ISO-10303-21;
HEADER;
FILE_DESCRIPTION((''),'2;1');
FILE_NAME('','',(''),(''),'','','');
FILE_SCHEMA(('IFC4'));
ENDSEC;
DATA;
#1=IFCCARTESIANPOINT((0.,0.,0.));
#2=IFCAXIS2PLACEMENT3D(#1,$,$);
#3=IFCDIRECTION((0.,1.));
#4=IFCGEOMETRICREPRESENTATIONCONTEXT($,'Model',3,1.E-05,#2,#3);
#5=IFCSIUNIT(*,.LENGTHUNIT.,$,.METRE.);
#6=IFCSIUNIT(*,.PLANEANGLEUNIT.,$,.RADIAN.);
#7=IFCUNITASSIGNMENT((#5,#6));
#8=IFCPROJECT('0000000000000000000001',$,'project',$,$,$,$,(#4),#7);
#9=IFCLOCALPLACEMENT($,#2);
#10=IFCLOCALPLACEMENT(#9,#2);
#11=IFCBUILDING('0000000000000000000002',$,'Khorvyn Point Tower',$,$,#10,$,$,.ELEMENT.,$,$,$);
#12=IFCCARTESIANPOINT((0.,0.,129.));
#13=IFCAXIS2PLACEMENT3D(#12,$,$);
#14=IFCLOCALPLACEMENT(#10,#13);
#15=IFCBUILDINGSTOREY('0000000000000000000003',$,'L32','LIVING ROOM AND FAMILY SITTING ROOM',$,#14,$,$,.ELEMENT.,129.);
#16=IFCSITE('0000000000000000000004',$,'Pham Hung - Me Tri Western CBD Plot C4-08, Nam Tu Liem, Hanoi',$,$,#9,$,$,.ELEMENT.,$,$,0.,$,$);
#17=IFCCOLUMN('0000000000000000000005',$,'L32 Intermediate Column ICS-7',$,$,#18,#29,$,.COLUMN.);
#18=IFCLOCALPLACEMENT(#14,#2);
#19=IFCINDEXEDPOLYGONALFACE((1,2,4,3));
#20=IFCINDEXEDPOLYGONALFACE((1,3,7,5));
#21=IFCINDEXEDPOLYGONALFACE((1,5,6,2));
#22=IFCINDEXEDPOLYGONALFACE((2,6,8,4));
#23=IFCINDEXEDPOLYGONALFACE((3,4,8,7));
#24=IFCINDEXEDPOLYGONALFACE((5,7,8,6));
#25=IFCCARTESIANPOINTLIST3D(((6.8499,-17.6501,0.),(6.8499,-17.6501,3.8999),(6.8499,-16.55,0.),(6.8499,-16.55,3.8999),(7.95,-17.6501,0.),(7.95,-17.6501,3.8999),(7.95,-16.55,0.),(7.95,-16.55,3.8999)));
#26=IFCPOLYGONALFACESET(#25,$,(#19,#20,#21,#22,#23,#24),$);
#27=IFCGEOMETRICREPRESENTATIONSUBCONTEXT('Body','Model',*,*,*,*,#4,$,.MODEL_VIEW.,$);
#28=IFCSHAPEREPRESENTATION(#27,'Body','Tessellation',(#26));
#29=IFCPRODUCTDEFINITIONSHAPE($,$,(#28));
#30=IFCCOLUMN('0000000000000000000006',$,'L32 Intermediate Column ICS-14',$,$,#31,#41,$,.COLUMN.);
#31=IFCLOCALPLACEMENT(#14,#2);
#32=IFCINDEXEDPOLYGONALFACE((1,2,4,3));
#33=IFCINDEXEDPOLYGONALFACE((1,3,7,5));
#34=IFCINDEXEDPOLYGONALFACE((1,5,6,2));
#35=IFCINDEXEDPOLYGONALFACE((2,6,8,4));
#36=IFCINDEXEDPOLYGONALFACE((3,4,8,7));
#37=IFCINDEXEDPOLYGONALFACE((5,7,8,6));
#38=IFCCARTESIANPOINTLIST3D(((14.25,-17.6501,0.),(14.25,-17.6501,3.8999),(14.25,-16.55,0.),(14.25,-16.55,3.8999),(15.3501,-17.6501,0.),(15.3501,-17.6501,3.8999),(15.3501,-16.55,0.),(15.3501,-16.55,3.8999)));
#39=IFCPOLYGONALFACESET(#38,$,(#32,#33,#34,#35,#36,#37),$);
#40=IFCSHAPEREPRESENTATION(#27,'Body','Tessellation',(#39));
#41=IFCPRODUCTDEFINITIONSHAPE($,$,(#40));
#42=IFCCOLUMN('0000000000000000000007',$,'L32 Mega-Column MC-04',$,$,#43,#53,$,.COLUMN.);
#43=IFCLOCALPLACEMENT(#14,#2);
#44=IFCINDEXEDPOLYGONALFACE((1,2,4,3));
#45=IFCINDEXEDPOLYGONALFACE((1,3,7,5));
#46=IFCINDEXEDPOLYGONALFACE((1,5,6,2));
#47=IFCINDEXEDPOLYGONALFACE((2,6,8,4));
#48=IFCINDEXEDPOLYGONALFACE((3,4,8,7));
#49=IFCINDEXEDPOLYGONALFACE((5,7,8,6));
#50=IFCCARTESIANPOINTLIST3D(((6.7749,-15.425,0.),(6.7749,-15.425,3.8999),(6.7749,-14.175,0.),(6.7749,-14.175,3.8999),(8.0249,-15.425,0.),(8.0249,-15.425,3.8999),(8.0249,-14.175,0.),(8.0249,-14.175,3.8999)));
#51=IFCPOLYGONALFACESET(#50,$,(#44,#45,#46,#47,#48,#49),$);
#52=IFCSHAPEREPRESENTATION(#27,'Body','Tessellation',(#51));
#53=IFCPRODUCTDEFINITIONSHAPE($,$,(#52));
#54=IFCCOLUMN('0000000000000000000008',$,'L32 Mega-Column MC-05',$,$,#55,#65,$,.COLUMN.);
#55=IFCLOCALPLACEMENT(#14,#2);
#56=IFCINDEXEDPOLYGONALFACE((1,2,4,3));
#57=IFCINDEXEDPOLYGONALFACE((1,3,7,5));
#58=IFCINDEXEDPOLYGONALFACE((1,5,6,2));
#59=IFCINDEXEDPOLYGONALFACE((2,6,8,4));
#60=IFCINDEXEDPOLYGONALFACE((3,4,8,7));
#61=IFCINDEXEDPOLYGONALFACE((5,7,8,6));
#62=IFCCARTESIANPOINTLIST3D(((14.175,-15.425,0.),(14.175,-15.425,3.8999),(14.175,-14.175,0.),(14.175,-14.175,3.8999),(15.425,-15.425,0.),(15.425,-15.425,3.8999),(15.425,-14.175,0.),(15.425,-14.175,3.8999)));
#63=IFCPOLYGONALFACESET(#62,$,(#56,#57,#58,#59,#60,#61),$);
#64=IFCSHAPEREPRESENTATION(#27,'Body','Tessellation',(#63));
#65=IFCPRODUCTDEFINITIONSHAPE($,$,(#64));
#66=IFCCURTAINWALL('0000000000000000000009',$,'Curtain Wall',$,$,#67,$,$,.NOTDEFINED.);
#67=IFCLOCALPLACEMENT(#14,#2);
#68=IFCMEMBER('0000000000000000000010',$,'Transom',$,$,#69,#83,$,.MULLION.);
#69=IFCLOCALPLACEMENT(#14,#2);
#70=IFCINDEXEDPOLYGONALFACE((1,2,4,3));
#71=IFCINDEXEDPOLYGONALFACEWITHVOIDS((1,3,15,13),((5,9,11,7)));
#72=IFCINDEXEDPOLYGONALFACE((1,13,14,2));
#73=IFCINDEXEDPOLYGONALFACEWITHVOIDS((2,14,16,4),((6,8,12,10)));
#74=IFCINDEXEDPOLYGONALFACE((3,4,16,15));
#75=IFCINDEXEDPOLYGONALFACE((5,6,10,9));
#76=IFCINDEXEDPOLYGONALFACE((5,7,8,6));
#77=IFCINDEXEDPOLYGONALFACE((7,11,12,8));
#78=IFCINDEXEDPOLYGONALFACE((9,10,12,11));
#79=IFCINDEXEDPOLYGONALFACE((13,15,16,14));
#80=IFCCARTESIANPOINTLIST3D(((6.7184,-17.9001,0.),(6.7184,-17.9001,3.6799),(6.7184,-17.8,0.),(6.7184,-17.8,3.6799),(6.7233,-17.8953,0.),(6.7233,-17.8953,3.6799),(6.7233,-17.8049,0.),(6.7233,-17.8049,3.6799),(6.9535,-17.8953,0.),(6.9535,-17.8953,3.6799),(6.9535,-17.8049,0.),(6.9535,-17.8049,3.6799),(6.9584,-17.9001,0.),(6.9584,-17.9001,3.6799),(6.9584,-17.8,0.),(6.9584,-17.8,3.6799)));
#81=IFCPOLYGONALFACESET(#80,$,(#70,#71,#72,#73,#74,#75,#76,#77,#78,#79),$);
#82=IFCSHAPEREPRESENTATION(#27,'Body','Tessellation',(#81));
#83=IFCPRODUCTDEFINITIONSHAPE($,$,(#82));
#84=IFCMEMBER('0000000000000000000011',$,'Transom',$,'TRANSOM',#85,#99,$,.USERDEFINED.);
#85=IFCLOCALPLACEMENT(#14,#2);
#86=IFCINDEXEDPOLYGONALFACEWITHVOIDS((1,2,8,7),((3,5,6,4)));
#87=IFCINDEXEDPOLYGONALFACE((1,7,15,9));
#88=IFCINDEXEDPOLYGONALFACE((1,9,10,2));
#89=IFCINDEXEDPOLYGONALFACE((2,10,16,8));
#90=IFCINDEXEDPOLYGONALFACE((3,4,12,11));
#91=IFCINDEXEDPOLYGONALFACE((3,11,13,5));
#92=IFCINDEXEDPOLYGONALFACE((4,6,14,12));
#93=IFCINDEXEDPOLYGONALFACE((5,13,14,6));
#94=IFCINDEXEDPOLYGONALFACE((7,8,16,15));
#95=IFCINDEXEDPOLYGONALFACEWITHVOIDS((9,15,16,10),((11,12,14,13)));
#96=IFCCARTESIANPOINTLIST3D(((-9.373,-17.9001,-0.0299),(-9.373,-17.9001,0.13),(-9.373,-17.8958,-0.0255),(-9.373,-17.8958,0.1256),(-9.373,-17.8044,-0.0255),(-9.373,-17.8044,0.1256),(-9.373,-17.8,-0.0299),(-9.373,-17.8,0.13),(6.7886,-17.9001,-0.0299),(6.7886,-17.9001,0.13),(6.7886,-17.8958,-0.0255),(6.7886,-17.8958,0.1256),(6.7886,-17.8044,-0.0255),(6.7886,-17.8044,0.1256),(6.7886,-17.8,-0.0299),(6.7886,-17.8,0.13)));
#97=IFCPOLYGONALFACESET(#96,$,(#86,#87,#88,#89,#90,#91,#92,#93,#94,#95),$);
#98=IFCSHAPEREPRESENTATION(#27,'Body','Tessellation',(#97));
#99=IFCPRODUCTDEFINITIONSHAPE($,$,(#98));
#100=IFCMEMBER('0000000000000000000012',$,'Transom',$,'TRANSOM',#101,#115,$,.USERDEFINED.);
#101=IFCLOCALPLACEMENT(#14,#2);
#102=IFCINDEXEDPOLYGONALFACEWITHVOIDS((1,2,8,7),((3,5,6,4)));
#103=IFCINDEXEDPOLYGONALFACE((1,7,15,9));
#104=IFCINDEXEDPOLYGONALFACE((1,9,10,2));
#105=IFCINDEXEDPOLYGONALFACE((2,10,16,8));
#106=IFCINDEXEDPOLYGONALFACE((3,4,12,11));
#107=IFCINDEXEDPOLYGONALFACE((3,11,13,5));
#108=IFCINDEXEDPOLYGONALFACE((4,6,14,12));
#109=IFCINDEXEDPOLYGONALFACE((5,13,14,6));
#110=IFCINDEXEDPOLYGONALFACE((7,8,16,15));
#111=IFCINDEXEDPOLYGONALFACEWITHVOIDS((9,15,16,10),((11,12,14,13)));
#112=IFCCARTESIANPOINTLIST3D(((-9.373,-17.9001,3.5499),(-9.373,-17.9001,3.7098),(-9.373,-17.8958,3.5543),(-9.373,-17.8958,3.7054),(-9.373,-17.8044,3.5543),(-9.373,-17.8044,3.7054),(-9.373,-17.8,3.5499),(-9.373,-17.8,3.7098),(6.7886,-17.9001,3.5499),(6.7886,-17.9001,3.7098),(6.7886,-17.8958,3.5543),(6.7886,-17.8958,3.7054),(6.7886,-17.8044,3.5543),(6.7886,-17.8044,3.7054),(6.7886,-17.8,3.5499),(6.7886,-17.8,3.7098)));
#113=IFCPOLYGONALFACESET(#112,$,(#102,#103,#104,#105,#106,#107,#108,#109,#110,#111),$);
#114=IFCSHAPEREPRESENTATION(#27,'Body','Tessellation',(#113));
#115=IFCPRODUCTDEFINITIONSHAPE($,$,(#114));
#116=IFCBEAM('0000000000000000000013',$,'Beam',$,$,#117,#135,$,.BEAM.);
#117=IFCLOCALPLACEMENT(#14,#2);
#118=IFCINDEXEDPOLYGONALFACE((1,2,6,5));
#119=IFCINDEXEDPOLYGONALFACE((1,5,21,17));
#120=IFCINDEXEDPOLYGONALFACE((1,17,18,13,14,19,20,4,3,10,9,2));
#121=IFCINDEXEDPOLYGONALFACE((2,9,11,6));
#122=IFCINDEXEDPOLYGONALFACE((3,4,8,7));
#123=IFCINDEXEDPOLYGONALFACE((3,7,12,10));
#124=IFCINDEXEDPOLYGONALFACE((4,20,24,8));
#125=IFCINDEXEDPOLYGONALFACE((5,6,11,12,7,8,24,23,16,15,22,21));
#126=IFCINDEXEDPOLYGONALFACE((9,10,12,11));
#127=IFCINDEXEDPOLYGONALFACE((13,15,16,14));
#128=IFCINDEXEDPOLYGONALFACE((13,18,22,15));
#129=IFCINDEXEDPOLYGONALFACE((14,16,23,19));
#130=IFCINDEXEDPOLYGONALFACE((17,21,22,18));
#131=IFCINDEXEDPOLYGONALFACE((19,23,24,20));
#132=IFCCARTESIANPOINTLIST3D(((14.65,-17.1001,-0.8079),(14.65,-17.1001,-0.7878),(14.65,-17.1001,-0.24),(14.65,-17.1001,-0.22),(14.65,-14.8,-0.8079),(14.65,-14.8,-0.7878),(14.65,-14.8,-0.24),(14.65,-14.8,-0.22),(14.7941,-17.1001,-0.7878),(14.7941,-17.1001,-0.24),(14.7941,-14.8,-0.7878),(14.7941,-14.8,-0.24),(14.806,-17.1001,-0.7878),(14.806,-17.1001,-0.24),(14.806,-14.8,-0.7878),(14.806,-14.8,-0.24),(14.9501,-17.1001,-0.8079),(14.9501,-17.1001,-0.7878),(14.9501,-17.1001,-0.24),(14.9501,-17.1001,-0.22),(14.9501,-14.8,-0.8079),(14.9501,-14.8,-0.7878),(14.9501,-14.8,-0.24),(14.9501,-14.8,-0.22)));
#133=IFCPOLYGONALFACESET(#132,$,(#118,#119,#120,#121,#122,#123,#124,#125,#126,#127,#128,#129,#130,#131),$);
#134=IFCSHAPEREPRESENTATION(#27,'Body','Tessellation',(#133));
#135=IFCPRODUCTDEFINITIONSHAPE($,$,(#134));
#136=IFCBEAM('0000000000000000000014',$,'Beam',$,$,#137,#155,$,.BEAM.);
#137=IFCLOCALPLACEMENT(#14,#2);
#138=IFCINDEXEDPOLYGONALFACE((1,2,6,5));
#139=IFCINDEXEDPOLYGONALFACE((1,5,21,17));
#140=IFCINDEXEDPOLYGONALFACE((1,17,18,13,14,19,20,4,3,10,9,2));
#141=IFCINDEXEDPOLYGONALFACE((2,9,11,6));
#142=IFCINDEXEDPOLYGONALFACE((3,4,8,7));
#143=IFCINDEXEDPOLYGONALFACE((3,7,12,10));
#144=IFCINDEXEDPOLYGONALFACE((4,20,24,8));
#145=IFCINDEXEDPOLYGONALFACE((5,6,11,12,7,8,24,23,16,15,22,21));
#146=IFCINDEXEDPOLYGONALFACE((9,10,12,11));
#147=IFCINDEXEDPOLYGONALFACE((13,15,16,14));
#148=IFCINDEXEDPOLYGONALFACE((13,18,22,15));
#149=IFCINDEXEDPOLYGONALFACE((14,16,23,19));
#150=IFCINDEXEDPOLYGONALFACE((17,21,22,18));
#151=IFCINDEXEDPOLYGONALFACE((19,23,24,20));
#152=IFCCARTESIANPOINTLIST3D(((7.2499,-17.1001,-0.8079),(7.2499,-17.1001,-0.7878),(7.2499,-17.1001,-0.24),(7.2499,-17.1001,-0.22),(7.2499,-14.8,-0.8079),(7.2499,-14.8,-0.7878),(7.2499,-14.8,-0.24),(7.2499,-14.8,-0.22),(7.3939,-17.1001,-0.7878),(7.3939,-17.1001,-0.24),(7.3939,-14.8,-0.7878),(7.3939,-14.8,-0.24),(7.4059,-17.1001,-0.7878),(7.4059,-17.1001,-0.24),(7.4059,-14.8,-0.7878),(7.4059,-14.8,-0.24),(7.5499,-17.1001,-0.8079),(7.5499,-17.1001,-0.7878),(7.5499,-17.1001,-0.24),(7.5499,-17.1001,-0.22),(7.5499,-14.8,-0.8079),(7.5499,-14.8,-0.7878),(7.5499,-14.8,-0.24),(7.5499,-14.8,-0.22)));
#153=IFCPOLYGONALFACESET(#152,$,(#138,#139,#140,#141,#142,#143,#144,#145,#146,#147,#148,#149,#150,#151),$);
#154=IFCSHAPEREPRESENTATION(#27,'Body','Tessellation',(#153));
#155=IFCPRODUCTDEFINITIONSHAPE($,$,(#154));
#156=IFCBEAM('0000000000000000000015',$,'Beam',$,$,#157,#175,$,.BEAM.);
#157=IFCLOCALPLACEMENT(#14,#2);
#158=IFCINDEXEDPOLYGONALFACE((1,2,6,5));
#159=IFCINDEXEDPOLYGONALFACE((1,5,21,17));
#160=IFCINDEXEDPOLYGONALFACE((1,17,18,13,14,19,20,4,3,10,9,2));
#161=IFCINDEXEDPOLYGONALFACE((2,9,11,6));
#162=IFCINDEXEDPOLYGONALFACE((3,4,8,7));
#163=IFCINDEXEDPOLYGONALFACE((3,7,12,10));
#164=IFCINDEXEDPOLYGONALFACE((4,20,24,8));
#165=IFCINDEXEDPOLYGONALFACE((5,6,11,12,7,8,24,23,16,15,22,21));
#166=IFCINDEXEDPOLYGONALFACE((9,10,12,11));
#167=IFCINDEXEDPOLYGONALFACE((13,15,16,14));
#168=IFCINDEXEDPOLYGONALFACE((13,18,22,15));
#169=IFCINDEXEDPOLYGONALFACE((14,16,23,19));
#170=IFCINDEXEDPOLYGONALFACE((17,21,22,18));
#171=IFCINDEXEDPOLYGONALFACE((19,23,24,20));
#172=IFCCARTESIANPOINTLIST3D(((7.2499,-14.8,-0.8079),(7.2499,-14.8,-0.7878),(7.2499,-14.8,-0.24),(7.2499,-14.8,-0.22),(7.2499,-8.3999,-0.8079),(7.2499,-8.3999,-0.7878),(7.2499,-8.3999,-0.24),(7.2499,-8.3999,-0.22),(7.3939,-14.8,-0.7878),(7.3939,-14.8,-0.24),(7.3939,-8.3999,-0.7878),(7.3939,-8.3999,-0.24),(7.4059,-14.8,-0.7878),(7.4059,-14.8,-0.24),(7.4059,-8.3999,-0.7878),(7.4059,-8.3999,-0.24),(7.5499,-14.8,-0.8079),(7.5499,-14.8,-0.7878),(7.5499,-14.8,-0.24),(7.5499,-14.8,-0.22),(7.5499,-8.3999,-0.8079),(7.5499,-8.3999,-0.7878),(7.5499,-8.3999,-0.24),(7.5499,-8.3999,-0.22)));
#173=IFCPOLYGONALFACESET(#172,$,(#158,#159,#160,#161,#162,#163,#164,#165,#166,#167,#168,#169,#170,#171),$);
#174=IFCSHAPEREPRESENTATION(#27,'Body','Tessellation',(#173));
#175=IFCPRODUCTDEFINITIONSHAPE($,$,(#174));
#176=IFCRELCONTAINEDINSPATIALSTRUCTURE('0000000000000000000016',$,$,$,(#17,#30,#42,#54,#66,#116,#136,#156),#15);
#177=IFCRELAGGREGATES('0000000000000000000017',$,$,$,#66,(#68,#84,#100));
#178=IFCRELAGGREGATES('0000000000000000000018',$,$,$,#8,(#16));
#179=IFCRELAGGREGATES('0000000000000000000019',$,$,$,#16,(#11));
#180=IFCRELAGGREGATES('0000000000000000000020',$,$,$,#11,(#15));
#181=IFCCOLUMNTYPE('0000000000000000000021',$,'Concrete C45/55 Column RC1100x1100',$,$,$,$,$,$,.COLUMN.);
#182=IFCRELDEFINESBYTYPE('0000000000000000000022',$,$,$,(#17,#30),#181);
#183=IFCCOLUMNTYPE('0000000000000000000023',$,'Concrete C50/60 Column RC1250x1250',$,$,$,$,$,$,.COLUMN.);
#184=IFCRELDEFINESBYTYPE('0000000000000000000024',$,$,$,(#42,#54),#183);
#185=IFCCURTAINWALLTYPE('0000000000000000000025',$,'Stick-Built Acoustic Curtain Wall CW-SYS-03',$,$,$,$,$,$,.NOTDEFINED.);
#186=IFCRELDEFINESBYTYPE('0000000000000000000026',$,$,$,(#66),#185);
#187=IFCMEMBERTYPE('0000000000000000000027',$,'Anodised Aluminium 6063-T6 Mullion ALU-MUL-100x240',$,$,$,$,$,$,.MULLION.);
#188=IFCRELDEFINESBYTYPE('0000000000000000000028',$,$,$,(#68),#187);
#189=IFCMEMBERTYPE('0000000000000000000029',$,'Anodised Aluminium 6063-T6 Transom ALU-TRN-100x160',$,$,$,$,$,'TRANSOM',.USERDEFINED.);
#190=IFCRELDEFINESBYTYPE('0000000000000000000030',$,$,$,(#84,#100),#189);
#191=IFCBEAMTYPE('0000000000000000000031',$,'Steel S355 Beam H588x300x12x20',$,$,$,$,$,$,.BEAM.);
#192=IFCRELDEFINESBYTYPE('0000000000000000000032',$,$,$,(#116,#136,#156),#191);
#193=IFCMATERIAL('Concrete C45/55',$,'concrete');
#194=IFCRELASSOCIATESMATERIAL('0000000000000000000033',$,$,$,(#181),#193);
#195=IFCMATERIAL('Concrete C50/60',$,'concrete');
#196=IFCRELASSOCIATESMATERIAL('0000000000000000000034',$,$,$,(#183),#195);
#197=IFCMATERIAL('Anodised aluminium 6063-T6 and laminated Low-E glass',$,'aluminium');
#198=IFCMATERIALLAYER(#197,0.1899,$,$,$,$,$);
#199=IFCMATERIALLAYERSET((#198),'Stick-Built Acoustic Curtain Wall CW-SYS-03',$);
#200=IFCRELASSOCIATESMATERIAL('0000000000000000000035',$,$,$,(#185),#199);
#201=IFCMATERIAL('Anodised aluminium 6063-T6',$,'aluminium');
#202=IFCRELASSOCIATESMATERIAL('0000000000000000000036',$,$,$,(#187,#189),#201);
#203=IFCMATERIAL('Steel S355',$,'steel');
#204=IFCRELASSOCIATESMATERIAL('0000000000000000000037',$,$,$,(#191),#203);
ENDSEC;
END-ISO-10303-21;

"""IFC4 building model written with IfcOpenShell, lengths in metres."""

from ifc_helpers import new_model, si_unit, direction, frame, origin, origin_2d, place, context, subcontext, project, spatial, rectangle, hollow_rectangle, i_section, extrude, material, layer, layer_set, material_profile, profile_set, type_object, element, aggregate, save


model = new_model("IFC4")

# Units and contexts
model_context = context("Model", 3, precision=1e-05, world=origin(), true_north=direction((0.0, 1.0)))
body_context = subcontext(model_context, "Body", "Model", "MODEL_VIEW")
ifc_project = project(units=[si_unit("LENGTHUNIT", "METRE"), si_unit("PLANEANGLEUNIT", "RADIAN")], contexts=[model_context])

# Site, building, storey
site_placement = place(None, origin())
site = spatial("IfcSite", under=ifc_project, at=site_placement, Name="Pham Hung - Me Tri Western CBD Plot C4-08, Nam Tu Liem, Hanoi", CompositionType="ELEMENT", RefElevation=0.0)
building_placement = place(site_placement, origin())
building = spatial("IfcBuilding", under=site, at=building_placement, Name="Khorvyn Point Tower", CompositionType="ELEMENT")
storey_placement = place(building_placement, frame((0.0, 0.0, 129.0)))
storey = spatial("IfcBuildingStorey", under=building, at=storey_placement, Name="L32", Description="LIVING ROOM AND FAMILY SITTING ROOM", CompositionType="ELEMENT", Elevation=129.0)

# Columns
ifc_material_1 = material(Name="Concrete C45/55", Category="concrete")
ifc_material_profile_1 = material_profile(ifc_material_1, rectangle(XDim=1.1001, YDim=1.1001, at=origin_2d()))
ifc_profile_set_1 = profile_set([ifc_material_profile_1], Name="Concrete C45/55 RC1100x1100")
column_type_1 = type_object("IfcColumnType", Name="Concrete C45/55 Column RC1100x1100", PredefinedType="COLUMN", material=ifc_profile_set_1)
for number, where, z_axis, x_axis, name in (
    (1, (7.3999, -17.1001, 0.0), (0.0, 0.0, 1.0), (1.0, 0.0, 0.0), "L32 Intermediate Column ICS-7"),
    (2, (14.8, -17.1001, 0.0), (0.0, 0.0, 1.0), (1.0, 0.0, 0.0), "L32 Intermediate Column ICS-14"),
):
    element("IfcColumn", number, at=place(storey_placement, frame(where, z_axis=z_axis, x_axis=x_axis)), inside=storey, type_object=column_type_1, Name=name, PredefinedType="COLUMN", context=body_context, shape_type="SweptSolid", body=[
        extrude(rectangle(XDim=1.1001, YDim=1.1001, at=origin_2d()), origin(), (0.0, 0.0, 1.0), 3.8999),
    ])
ifc_material_2 = material(Name="Concrete C50/60", Category="concrete")
ifc_material_profile_2 = material_profile(ifc_material_2, rectangle(XDim=1.25, YDim=1.25, at=origin_2d()))
ifc_profile_set_2 = profile_set([ifc_material_profile_2], Name="Concrete C50/60 RC1250x1250")
column_type_2 = type_object("IfcColumnType", Name="Concrete C50/60 Column RC1250x1250", PredefinedType="COLUMN", material=ifc_profile_set_2)
for number, where, z_axis, x_axis, name in (
    (3, (7.3999, -14.8, 0.0), (0.0, 0.0, 1.0), (1.0, 0.0, 0.0), "L32 Mega-Column MC-04"),
    (4, (14.8, -14.8, 0.0), (0.0, 0.0, 1.0), (1.0, 0.0, 0.0), "L32 Mega-Column MC-05"),
):
    element("IfcColumn", number, at=place(storey_placement, frame(where, z_axis=z_axis, x_axis=x_axis)), inside=storey, type_object=column_type_2, Name=name, PredefinedType="COLUMN", context=body_context, shape_type="SweptSolid", body=[
        extrude(rectangle(XDim=1.25, YDim=1.25, at=origin_2d()), origin(), (0.0, 0.0, 1.0), 3.8999),
    ])

# Curtain wall, members
ifc_material_3 = material(Name="Anodised aluminium 6063-T6 and laminated Low-E glass", Category="aluminium")
ifc_layer_1 = layer(ifc_material_3, 0.1899)
ifc_layer_set_1 = layer_set([ifc_layer_1], Name="Stick-Built Acoustic Curtain Wall CW-SYS-03")
curtain_wall_type = type_object("IfcCurtainWallType", Name="Stick-Built Acoustic Curtain Wall CW-SYS-03", PredefinedType="NOTDEFINED", material=ifc_layer_set_1)
curtain_wall_placement = place(storey_placement, origin())
curtain_wall = element("IfcCurtainWall", 5, at=curtain_wall_placement, inside=storey, type_object=curtain_wall_type, Name="Curtain Wall", PredefinedType="NOTDEFINED")
ifc_material_4 = material(Name="Anodised aluminium 6063-T6", Category="aluminium")
ifc_material_profile_3 = material_profile(ifc_material_4, hollow_rectangle(XDim=0.1001, YDim=0.24, WallThickness=0.0049, at=origin_2d()))
ifc_profile_set_3 = profile_set([ifc_material_profile_3], Name="Anodised aluminium 6063-T6 ALU-MUL-100x240")
member_type_1 = type_object("IfcMemberType", Name="Anodised Aluminium 6063-T6 Mullion ALU-MUL-100x240", PredefinedType="MULLION", material=ifc_profile_set_3)
member_1_placement = place(storey_placement, frame((6.8384, -17.8501, 0.0), z_axis=(0.0, 0.0, 1.0), x_axis=(0.0, -1.0, 0.0)))
member_1 = element("IfcMember", 6, at=member_1_placement, type_object=member_type_1, Name="Transom", PredefinedType="MULLION", context=body_context, shape_type="SweptSolid", body=[
    extrude(hollow_rectangle(XDim=0.1001, YDim=0.24, WallThickness=0.0049, at=origin_2d()), origin(), (0.0, 0.0, 1.0), 3.6799),
])
ifc_material_profile_4 = material_profile(ifc_material_4, hollow_rectangle(XDim=0.1001, YDim=0.1599, WallThickness=0.0044, at=origin_2d()))
ifc_profile_set_4 = profile_set([ifc_material_profile_4], Name="Anodised aluminium 6063-T6 ALU-TRN-100x160")
member_type_2 = type_object("IfcMemberType", Name="Anodised Aluminium 6063-T6 Transom ALU-TRN-100x160", ElementType="TRANSOM", PredefinedType="USERDEFINED", material=ifc_profile_set_4)
member_2_placement = place(storey_placement, frame((6.7886, -17.8501, 0.05), z_axis=(-1.0, 0.0, 0.0), x_axis=(0.0, -1.0, 0.0)))
member_2 = element("IfcMember", 7, at=member_2_placement, type_object=member_type_2, Name="Transom", ObjectType="TRANSOM", PredefinedType="USERDEFINED", context=body_context, shape_type="SweptSolid", body=[
    extrude(hollow_rectangle(XDim=0.1001, YDim=0.1599, WallThickness=0.0044, at=origin_2d()), origin(), (0.0, 0.0, 1.0), 16.1616),
])
member_3_placement = place(storey_placement, frame((6.7886, -17.8501, 3.6299), z_axis=(-1.0, 0.0, 0.0), x_axis=(0.0, -1.0, 0.0)))
member_3 = element("IfcMember", 8, at=member_3_placement, type_object=member_type_2, Name="Transom", ObjectType="TRANSOM", PredefinedType="USERDEFINED", context=body_context, shape_type="SweptSolid", body=[
    extrude(hollow_rectangle(XDim=0.1001, YDim=0.1599, WallThickness=0.0044, at=origin_2d()), origin(), (0.0, 0.0, 1.0), 16.1616),
])
aggregate(curtain_wall, [member_1, member_2, member_3])

# Beams
ifc_material_5 = material(Name="Steel S355", Category="steel")
ifc_material_profile_5 = material_profile(ifc_material_5, i_section(OverallWidth=0.3, OverallDepth=0.5879, WebThickness=0.012, FlangeThickness=0.02, at=origin_2d()))
ifc_profile_set_5 = profile_set([ifc_material_profile_5], Name="Steel S355 H588x300x12x20")
beam_type_1 = type_object("IfcBeamType", Name="Steel S355 Beam H588x300x12x20", PredefinedType="BEAM", material=ifc_profile_set_5)
for number, where, z_axis, x_axis, name in (
    (9, (14.8, -17.1001, -0.5139), (0.0, 1.0, 0.0), (-1.0, 0.0, 0.0), "Beam"),
    (10, (7.3999, -17.1001, -0.5139), (0.0, 1.0, 0.0), (-1.0, 0.0, 0.0), "Beam"),
):
    element("IfcBeam", number, at=place(storey_placement, frame(where, z_axis=z_axis, x_axis=x_axis)), inside=storey, type_object=beam_type_1, Name=name, PredefinedType="BEAM", context=body_context, shape_type="SweptSolid", body=[
        extrude(i_section(OverallWidth=0.3, OverallDepth=0.5879, WebThickness=0.012, FlangeThickness=0.02, at=origin_2d()), origin(), (0.0, 0.0, 1.0), 2.3),
    ])
beam_1_placement = place(storey_placement, frame((7.3999, -14.8, -0.5139), z_axis=(0.0, 1.0, 0.0), x_axis=(-1.0, 0.0, 0.0)))
element("IfcBeam", 11, at=beam_1_placement, inside=storey, type_object=beam_type_1, Name="Beam", PredefinedType="BEAM", context=body_context, shape_type="SweptSolid", body=[
    extrude(i_section(OverallWidth=0.3, OverallDepth=0.5879, WebThickness=0.012, FlangeThickness=0.02, at=origin_2d()), origin(), (0.0, 0.0, 1.0), 6.4001),
])

save(model, "model.ifc")
